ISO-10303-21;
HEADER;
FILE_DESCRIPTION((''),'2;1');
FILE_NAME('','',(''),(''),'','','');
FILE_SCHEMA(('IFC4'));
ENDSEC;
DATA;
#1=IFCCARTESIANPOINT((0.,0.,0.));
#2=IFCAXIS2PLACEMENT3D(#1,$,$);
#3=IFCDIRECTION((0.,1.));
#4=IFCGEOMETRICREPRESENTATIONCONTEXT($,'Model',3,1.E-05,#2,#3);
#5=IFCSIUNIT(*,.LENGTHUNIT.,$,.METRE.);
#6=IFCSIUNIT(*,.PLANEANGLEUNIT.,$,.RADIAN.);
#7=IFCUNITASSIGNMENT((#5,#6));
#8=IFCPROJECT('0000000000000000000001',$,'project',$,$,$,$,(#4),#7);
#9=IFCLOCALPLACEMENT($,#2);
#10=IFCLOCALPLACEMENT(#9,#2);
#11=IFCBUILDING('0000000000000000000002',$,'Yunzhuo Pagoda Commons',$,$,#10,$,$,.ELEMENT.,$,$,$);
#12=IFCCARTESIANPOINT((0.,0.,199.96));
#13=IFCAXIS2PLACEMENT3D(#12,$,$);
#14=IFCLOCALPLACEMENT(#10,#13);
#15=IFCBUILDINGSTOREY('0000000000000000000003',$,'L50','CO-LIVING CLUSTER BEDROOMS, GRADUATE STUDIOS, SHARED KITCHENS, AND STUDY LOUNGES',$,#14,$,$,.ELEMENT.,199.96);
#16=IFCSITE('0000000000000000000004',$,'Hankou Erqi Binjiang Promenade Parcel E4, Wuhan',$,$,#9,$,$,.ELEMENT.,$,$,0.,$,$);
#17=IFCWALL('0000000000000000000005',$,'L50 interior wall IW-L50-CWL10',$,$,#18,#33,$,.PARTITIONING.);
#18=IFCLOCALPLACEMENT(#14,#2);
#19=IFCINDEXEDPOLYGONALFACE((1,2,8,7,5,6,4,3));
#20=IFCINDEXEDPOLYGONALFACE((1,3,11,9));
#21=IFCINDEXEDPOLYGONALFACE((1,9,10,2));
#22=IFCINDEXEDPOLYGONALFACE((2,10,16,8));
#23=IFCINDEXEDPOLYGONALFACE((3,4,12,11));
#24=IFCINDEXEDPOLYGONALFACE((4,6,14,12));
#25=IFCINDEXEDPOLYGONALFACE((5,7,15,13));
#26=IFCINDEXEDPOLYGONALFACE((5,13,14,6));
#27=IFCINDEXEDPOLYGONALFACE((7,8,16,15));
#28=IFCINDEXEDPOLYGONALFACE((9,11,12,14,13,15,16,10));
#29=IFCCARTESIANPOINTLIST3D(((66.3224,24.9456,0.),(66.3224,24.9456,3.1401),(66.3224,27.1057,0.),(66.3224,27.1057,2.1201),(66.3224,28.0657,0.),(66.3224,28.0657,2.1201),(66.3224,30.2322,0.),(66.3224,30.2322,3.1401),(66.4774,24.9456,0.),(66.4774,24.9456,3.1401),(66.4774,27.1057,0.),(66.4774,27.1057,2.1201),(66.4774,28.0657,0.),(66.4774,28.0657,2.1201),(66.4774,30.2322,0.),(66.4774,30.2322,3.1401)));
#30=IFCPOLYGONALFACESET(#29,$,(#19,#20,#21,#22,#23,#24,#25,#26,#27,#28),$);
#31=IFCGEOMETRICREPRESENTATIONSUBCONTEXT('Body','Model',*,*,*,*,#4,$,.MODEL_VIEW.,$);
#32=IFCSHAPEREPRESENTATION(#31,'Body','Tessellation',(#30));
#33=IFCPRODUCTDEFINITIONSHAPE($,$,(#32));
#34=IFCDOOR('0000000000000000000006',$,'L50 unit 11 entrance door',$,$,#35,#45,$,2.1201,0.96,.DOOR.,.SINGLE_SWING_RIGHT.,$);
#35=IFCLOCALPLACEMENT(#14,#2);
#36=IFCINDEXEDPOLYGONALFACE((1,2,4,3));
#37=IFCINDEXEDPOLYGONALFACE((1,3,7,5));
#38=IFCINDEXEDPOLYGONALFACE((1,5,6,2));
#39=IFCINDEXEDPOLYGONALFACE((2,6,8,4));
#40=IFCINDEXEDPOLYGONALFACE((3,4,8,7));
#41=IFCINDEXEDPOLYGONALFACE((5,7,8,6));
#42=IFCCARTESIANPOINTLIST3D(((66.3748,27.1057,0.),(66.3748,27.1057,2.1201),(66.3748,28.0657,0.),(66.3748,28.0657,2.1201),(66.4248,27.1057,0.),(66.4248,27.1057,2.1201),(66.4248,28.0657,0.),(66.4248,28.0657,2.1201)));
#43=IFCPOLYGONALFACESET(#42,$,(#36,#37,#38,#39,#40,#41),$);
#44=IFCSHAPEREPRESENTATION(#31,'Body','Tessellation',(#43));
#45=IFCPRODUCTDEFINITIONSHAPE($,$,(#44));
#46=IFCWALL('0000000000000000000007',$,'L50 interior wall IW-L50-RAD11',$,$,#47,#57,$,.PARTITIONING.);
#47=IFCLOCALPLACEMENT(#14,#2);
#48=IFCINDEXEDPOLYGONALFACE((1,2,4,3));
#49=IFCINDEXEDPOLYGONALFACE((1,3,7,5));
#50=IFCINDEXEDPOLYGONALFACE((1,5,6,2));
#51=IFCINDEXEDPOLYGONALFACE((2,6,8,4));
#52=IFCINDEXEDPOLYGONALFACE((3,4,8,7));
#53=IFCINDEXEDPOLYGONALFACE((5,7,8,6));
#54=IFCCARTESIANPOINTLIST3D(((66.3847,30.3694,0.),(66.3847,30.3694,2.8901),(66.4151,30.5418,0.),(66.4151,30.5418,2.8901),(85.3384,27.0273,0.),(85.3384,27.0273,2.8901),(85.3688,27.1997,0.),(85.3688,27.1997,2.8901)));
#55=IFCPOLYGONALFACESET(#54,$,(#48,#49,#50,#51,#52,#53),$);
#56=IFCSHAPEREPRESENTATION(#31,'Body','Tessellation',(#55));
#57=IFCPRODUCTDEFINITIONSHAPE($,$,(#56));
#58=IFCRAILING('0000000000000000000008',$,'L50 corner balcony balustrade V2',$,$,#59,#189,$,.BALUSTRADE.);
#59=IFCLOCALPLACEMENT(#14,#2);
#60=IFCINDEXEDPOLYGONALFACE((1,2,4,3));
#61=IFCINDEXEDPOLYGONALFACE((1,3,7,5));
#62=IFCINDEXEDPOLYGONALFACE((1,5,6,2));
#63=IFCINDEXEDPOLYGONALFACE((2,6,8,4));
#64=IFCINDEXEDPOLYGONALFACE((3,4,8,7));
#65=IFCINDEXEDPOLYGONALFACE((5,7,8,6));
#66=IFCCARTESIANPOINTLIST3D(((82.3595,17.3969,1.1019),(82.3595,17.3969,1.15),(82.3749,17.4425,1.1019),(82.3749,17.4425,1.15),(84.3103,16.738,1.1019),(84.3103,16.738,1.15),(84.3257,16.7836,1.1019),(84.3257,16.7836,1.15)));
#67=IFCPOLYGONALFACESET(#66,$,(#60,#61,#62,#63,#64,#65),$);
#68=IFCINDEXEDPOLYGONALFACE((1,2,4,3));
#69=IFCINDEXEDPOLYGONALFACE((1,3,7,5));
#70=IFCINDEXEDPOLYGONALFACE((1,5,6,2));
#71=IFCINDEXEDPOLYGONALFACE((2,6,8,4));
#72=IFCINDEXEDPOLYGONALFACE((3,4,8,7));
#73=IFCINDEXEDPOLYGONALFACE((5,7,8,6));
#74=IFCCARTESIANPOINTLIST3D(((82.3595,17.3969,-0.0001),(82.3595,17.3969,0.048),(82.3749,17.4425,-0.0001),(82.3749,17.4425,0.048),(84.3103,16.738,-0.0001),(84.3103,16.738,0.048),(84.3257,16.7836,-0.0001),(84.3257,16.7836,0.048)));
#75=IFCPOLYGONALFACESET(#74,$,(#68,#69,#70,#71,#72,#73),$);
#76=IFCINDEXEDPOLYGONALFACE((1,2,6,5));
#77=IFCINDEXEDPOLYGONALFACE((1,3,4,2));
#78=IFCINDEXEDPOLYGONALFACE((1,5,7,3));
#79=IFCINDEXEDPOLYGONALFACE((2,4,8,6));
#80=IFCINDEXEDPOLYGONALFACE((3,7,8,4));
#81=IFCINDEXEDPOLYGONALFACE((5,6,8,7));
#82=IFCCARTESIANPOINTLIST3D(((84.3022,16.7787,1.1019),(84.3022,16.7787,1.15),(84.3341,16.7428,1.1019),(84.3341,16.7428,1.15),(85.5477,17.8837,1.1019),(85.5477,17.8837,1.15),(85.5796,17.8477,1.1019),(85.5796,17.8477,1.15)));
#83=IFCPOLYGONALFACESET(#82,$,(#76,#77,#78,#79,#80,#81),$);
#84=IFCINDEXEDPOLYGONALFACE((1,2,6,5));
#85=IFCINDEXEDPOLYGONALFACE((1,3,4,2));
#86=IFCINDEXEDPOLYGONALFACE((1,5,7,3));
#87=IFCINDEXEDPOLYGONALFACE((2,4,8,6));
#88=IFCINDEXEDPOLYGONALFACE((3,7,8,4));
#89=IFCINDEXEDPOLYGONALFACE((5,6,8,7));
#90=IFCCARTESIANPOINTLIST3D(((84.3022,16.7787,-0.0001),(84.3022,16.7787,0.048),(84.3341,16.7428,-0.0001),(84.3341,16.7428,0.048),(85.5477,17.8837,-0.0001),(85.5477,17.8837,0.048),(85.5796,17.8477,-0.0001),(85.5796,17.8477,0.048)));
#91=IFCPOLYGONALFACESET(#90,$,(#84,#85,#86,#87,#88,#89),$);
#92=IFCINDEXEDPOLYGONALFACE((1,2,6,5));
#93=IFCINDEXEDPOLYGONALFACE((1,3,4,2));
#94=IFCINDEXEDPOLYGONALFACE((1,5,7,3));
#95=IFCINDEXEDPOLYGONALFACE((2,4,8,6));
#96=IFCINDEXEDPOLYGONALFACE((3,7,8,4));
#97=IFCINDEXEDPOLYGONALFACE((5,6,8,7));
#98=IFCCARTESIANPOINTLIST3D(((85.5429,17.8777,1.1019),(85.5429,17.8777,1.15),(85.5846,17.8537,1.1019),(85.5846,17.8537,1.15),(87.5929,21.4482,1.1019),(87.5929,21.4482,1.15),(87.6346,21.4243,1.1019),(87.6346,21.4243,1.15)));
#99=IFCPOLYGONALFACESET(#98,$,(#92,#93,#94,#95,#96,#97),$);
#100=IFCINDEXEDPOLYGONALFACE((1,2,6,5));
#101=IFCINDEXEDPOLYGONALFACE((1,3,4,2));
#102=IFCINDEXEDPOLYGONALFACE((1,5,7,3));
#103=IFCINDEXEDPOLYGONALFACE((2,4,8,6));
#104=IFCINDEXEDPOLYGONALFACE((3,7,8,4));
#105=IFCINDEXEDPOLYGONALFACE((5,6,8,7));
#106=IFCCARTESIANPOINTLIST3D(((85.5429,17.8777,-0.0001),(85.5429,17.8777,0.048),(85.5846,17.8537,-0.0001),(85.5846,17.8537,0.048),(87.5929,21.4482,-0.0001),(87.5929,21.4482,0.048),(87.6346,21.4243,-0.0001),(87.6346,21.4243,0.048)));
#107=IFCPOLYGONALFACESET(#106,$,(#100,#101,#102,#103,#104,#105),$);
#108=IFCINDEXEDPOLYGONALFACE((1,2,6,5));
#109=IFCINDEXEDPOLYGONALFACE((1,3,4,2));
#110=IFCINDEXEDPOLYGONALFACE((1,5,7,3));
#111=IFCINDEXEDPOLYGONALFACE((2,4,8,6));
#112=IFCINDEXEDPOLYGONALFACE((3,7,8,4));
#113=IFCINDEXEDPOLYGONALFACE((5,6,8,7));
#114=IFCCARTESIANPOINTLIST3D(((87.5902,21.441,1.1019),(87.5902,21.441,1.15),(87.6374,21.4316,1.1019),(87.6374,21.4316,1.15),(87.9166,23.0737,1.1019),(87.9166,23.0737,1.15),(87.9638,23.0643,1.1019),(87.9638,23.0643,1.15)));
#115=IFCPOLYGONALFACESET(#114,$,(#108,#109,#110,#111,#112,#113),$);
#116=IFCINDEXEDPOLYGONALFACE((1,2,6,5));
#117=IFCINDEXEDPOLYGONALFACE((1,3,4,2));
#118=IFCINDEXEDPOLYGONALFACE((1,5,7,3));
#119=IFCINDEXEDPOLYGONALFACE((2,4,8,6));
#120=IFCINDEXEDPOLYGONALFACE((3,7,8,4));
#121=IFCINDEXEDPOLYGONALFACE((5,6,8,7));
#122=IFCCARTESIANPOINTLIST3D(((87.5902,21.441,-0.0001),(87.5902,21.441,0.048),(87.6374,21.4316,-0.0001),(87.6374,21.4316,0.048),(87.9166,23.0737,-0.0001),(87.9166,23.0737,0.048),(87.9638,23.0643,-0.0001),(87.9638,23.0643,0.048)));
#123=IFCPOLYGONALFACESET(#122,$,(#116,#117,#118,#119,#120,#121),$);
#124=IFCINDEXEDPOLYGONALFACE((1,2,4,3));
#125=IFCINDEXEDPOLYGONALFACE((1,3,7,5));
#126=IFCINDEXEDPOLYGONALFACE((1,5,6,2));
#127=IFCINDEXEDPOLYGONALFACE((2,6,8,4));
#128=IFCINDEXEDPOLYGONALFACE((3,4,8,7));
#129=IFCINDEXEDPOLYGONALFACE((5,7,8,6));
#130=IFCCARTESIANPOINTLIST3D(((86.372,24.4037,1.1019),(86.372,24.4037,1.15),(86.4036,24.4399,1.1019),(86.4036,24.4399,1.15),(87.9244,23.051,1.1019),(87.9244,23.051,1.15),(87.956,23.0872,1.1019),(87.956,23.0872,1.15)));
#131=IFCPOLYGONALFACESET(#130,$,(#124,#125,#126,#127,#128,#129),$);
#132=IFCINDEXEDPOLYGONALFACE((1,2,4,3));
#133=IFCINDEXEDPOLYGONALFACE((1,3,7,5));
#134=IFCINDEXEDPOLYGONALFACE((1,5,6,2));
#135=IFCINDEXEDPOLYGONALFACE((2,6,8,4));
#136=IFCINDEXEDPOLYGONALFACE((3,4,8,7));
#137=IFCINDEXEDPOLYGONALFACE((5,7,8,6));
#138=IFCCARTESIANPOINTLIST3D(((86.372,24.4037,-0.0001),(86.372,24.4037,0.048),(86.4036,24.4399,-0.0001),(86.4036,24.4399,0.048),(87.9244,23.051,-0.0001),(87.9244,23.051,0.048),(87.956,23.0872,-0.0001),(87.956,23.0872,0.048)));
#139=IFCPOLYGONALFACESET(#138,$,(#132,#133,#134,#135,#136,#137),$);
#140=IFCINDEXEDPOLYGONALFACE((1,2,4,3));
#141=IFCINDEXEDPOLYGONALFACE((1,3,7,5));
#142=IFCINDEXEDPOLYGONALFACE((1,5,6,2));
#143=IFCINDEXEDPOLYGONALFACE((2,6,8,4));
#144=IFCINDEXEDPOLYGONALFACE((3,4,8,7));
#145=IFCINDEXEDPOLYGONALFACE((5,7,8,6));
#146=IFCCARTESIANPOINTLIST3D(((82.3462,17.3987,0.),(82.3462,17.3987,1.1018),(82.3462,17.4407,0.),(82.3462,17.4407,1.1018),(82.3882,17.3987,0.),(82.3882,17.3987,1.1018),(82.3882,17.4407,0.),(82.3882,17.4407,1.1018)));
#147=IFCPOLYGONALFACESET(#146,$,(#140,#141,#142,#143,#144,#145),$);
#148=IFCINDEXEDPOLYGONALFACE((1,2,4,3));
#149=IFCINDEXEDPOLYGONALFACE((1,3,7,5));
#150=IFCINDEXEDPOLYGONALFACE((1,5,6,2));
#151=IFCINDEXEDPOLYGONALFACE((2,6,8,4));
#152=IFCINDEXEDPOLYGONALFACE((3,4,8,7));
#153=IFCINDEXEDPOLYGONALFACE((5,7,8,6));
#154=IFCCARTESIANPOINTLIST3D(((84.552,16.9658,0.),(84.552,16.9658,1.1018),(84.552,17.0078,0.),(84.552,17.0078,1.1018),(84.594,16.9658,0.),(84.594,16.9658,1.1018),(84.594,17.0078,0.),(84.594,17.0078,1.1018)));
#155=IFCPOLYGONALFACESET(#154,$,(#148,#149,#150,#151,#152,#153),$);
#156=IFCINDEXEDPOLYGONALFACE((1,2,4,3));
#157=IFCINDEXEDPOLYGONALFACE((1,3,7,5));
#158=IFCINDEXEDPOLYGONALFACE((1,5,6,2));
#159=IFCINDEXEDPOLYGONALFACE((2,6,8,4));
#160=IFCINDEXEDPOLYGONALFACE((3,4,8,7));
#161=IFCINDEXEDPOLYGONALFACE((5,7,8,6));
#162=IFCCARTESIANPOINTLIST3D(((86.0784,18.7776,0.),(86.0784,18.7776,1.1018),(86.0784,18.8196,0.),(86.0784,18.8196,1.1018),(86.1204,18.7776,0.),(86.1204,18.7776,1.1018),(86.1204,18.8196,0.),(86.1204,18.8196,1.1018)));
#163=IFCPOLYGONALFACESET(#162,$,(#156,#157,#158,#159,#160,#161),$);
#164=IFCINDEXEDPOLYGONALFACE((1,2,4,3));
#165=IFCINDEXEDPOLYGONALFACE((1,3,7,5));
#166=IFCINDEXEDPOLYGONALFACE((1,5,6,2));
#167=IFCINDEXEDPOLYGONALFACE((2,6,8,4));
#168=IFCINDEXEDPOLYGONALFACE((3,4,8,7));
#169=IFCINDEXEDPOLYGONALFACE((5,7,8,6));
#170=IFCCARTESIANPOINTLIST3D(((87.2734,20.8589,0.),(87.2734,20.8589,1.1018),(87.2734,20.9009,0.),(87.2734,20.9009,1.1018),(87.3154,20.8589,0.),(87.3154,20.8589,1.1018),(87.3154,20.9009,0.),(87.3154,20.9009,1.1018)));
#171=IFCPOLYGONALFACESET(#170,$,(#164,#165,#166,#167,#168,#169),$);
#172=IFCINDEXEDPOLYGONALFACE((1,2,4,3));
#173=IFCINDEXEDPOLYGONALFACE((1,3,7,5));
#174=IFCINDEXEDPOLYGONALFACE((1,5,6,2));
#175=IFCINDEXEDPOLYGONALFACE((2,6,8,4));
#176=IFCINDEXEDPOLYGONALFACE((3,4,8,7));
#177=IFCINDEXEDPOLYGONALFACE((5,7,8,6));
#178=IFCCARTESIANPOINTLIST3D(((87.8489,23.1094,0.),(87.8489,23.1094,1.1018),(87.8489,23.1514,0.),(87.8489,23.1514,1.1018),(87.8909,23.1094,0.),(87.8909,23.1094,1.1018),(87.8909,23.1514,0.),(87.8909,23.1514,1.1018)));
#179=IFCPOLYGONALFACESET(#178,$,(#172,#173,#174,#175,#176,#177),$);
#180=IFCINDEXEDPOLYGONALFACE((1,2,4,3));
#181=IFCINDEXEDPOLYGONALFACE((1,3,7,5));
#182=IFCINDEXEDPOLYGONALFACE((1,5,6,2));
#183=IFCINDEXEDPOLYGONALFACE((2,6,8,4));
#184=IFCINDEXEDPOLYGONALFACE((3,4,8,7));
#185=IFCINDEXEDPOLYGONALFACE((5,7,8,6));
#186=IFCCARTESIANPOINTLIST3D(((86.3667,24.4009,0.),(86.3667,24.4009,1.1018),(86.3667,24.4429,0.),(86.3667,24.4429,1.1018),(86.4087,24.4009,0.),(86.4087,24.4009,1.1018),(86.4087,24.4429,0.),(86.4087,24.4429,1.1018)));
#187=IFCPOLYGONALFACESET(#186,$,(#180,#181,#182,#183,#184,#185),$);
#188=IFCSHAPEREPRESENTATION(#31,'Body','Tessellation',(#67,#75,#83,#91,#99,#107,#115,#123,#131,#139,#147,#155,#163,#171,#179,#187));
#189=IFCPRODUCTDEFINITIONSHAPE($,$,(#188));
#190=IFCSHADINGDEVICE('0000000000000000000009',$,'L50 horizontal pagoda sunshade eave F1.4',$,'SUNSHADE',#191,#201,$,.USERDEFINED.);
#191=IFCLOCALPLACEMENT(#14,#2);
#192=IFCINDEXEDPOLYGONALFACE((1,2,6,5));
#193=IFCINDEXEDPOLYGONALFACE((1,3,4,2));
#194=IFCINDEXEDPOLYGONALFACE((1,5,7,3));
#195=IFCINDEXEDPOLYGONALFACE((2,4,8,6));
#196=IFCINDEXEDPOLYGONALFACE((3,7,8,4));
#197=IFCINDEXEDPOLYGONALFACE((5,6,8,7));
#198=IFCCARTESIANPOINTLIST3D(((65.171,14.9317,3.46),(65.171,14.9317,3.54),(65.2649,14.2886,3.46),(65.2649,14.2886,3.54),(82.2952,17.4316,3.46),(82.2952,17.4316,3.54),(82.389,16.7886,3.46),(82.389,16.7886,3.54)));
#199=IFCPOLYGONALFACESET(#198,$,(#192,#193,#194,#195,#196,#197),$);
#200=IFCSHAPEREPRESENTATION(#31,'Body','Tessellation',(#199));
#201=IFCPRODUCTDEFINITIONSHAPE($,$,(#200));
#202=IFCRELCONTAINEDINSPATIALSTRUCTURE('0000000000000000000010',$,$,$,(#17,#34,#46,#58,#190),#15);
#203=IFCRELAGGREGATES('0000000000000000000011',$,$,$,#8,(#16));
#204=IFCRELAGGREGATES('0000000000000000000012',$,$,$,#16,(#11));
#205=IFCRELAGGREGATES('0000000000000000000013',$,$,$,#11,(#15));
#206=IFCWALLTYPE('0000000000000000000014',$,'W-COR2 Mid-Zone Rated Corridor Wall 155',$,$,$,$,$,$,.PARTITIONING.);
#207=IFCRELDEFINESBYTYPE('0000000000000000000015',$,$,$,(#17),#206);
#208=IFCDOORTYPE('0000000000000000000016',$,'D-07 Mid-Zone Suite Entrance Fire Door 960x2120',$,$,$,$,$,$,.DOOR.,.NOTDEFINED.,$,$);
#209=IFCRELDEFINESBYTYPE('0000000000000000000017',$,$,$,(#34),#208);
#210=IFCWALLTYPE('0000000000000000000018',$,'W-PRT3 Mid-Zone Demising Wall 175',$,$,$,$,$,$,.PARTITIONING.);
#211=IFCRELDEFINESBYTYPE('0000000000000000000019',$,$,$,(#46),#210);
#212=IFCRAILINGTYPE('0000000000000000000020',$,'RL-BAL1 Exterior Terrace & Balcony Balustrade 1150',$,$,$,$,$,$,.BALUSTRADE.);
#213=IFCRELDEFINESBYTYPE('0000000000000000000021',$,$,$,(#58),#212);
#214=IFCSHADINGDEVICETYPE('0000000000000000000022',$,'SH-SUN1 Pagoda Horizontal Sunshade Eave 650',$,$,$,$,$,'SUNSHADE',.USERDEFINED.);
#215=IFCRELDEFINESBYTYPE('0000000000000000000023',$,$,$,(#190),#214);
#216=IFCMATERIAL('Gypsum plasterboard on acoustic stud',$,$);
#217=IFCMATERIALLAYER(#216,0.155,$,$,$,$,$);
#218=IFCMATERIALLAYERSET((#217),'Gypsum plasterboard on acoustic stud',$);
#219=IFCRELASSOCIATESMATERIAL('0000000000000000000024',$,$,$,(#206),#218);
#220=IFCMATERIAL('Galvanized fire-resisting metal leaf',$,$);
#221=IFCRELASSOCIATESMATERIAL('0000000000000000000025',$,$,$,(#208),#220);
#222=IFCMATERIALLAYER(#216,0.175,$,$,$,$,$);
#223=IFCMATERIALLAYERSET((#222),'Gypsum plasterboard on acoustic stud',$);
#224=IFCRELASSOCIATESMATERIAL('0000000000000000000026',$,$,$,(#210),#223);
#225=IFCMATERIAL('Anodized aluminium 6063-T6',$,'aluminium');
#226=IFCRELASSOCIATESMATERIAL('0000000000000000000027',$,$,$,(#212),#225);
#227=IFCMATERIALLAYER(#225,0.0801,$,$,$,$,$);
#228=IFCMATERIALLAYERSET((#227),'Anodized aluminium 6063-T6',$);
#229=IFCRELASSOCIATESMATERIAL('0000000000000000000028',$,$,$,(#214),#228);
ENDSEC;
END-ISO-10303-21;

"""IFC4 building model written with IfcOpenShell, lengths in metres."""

from ifc_helpers import new_model, si_unit, direction, frame, frame_2d, origin, origin_with_axes, origin_2d, place, context, subcontext, project, spatial, rectangle, extrude, source, transform, mapped, material, layer, layer_set, type_object, element, fill, save


model = new_model("IFC4")

# Units and contexts
model_context = context("Model", 3, precision=1e-05, world=origin(), true_north=direction((0.0, 1.0)))
body_context = subcontext(model_context, "Body", "Model", "MODEL_VIEW")
ifc_project = project(units=[si_unit("LENGTHUNIT", "METRE"), si_unit("PLANEANGLEUNIT", "RADIAN")], contexts=[model_context])

# Site, building, storey
site_placement = place(None, origin())
site = spatial("IfcSite", under=ifc_project, at=site_placement, Name="Hankou Erqi Binjiang Promenade Parcel E4, Wuhan", CompositionType="ELEMENT", RefElevation=0.0)
building_placement = place(site_placement, origin())
building = spatial("IfcBuilding", under=site, at=building_placement, Name="Yunzhuo Pagoda Commons", CompositionType="ELEMENT")
storey_placement = place(building_placement, frame((0.0, 0.0, 199.96)))
storey = spatial("IfcBuildingStorey", under=building, at=storey_placement, Name="L50", Description="CO-LIVING CLUSTER BEDROOMS, GRADUATE STUDIOS, SHARED KITCHENS, AND STUDY LOUNGES", CompositionType="ELEMENT", Elevation=199.96)

# Shared definitions
ifc_material_1 = material(Name="Anodized aluminium 6063-T6", Category="aluminium")

# Wall, opening, door
ifc_material_2 = material(Name="Gypsum plasterboard on acoustic stud")
ifc_layer_1 = layer(ifc_material_2, 0.155)
ifc_layer_set_1 = layer_set([ifc_layer_1], Name="Gypsum plasterboard on acoustic stud")
wall_type_1 = type_object("IfcWallType", Name="W-COR2 Mid-Zone Rated Corridor Wall 155", PredefinedType="PARTITIONING", material=ifc_layer_set_1)
wall_1_placement = place(storey_placement, frame((66.3999, 30.2322, 0.0), z_axis=(0.0, 0.0, 1.0), x_axis=(0.0, -1.0, 0.0)))
wall_1 = element("IfcWall", 1, at=wall_1_placement, inside=storey, type_object=wall_type_1, Name="L50 interior wall IW-L50-CWL10", PredefinedType="PARTITIONING", context=body_context, shape_type="SweptSolid", body=[
    extrude(rectangle(XDim=5.2866, YDim=0.155, at=frame_2d((2.6433, 0.0))), origin(), (0.0, 0.0, 1.0), 3.1401),
])
opening_1_placement = place(wall_1_placement, frame((2.1665, 0.0, 0.0)))
opening_1 = element("IfcOpeningElement", 2, at=opening_1_placement, cuts=wall_1, PredefinedType="OPENING", context=body_context, shape_type="SweptSolid", body=[
    extrude(rectangle(XDim=0.96, YDim=2.1201, at=frame_2d((0.48, 1.0601))), frame((0.0, 0.0874, 0.0), z_axis=(0.0, -1.0, 0.0), x_axis=(1.0, 0.0, 0.0)), (0.0, 0.0, 1.0), 0.175),
])
ifc_material_3 = material(Name="Galvanized fire-resisting metal leaf")
door_type_1 = type_object("IfcDoorType", Name="D-07 Mid-Zone Suite Entrance Fire Door 960x2120", OperationType="NOTDEFINED", PredefinedType="DOOR", material=ifc_material_3)
shared_shape_1 = source(origin(), body_context, "Body", "SweptSolid", [
    extrude(rectangle(XDim=0.96, YDim=2.1201, at=frame_2d((0.48, 1.0601))), frame((0.0, 0.0249, 0.0), z_axis=(0.0, -1.0, 0.0), x_axis=(1.0, 0.0, 0.0)), (0.0, 0.0, 1.0), 0.05),
])
door_1_placement = place(opening_1_placement, origin_with_axes())
door_1 = element("IfcDoor", 3, at=door_1_placement, inside=storey, type_object=door_type_1, Name="L50 unit 11 entrance door", OperationType="SINGLE_SWING_RIGHT", OverallHeight=2.1201, OverallWidth=0.96, PredefinedType="DOOR", context=body_context, shape_type="MappedRepresentation", body=[
    mapped(shared_shape_1, transform((0.0, 0.0, 0.0), scale=1.0)),
])
fill(opening_1, door_1)

# Wall
ifc_layer_2 = layer(ifc_material_2, 0.175)
ifc_layer_set_2 = layer_set([ifc_layer_2], Name="Gypsum plasterboard on acoustic stud")
wall_type_2 = type_object("IfcWallType", Name="W-PRT3 Mid-Zone Demising Wall 175", PredefinedType="PARTITIONING", material=ifc_layer_set_2)
wall_2_placement = place(storey_placement, frame((66.3999, 30.4556, 0.0), z_axis=(0.0, 0.0, 1.0), x_axis=(0.984808, -0.173649, 0.0)))
element("IfcWall", 4, at=wall_2_placement, inside=storey, type_object=wall_type_2, Name="L50 interior wall IW-L50-RAD11", PredefinedType="PARTITIONING", context=body_context, shape_type="SweptSolid", body=[
    extrude(rectangle(XDim=19.2461, YDim=0.175, at=frame_2d((9.623, 0.0))), origin(), (0.0, 0.0, 1.0), 2.8901),
])

# Railing
railing_type = type_object("IfcRailingType", Name="RL-BAL1 Exterior Terrace & Balcony Balustrade 1150", PredefinedType="BALUSTRADE", material=ifc_material_1)
railing_placement = place(storey_placement, frame((82.3672, 17.4197, 0.0)))
element("IfcRailing", 5, at=railing_placement, inside=storey, type_object=railing_type, Name="L50 corner balcony balustrade V2", PredefinedType="BALUSTRADE", context=body_context, shape_type="SweptSolid", body=[
    extrude(rectangle(XDim=0.0481, YDim=0.0481, at=origin_2d()), frame((0.0, 0.0, 1.126), z_axis=(0.947419, -0.319996, 0.0), x_axis=(0.319996, 0.947419, 0.0)), (0.0, 0.0, 1.0), 2.0591),
    extrude(rectangle(XDim=0.0481, YDim=0.0481, at=origin_2d()), frame((0.0, 0.0, 0.0239), z_axis=(0.947419, -0.319996, 0.0), x_axis=(0.319996, 0.947419, 0.0)), (0.0, 0.0, 1.0), 2.0591),
    extrude(rectangle(XDim=0.0481, YDim=0.0481, at=origin_2d()), frame((1.9509, -0.6589, 1.126), z_axis=(0.748072, 0.663617, 0.0), x_axis=(-0.663617, 0.748072, 0.0)), (0.0, 0.0, 1.0), 1.665),
    extrude(rectangle(XDim=0.0481, YDim=0.0481, at=origin_2d()), frame((1.9509, -0.6589, 0.0239), z_axis=(0.748072, 0.663617, 0.0), x_axis=(-0.663617, 0.748072, 0.0)), (0.0, 0.0, 1.0), 1.665),
    extrude(rectangle(XDim=0.0481, YDim=0.0481, at=origin_2d()), frame((3.1965, 0.446, 1.126), z_axis=(0.49792, 0.867223, 0.0), x_axis=(-0.867223, 0.49792, 0.0)), (0.0, 0.0, 1.0), 4.1172),
    extrude(rectangle(XDim=0.0481, YDim=0.0481, at=origin_2d()), frame((3.1965, 0.446, 0.0239), z_axis=(0.49792, 0.867223, 0.0), x_axis=(-0.867223, 0.49792, 0.0)), (0.0, 0.0, 1.0), 4.1172),
    extrude(rectangle(XDim=0.0481, YDim=0.0481, at=origin_2d()), frame((5.2466, 4.0166, 1.126), z_axis=(0.196032, 0.980598, 0.0), x_axis=(-0.980598, 0.196032, 0.0)), (0.0, 0.0, 1.0), 1.665),
    extrude(rectangle(XDim=0.0481, YDim=0.0481, at=origin_2d()), frame((5.2466, 4.0166, 0.0239), z_axis=(0.196032, 0.980598, 0.0), x_axis=(-0.980598, 0.196032, 0.0)), (0.0, 0.0, 1.0), 1.665),
    extrude(rectangle(XDim=0.0481, YDim=0.0481, at=origin_2d()), frame((5.573, 5.6494, 1.126), z_axis=(-0.753934, 0.65695, 0.0), x_axis=(-0.65695, -0.753934, 0.0)), (0.0, 0.0, 1.0), 2.0591),
    extrude(rectangle(XDim=0.0481, YDim=0.0481, at=origin_2d()), frame((5.573, 5.6494, 0.0239), z_axis=(-0.753934, 0.65695, 0.0), x_axis=(-0.65695, -0.753934, 0.0)), (0.0, 0.0, 1.0), 2.0591),
    extrude(rectangle(XDim=0.042, YDim=0.042, at=origin_2d()), origin(), (0.0, 0.0, 1.0), 1.1018),
    extrude(rectangle(XDim=0.042, YDim=0.042, at=origin_2d()), frame((2.2058, -0.4329, 0.0)), (0.0, 0.0, 1.0), 1.1018),
    extrude(rectangle(XDim=0.042, YDim=0.042, at=origin_2d()), frame((3.7322, 1.3789, 0.0)), (0.0, 0.0, 1.0), 1.1018),
    extrude(rectangle(XDim=0.042, YDim=0.042, at=origin_2d()), frame((4.9272, 3.4602, 0.0)), (0.0, 0.0, 1.0), 1.1018),
    extrude(rectangle(XDim=0.042, YDim=0.042, at=origin_2d()), frame((5.5027, 5.7107, 0.0)), (0.0, 0.0, 1.0), 1.1018),
    extrude(rectangle(XDim=0.042, YDim=0.042, at=origin_2d()), frame((4.0205, 7.0022, 0.0)), (0.0, 0.0, 1.0), 1.1018),
])

# Shading device
ifc_layer_3 = layer(ifc_material_1, 0.0801)
ifc_layer_set_3 = layer_set([ifc_layer_3], Name="Anodized aluminium 6063-T6")
shading_device_type = type_object("IfcShadingDeviceType", Name="SH-SUN1 Pagoda Horizontal Sunshade Eave 650", ElementType="SUNSHADE", PredefinedType="USERDEFINED", material=ifc_layer_set_3)
shared_shape_2 = source(origin(), body_context, "Body", "SweptSolid", [
    extrude(rectangle(XDim=17.3057, YDim=0.6499, at=origin_2d()), origin(), (0.0, 0.0, 1.0), 0.0801),
])
shading_device_placement = place(storey_placement, frame((73.78, 15.8601, 3.46), z_axis=(0.0, 0.0, 1.0), x_axis=(0.989511, 0.14446, 0.0)))
element("IfcShadingDevice", 6, at=shading_device_placement, inside=storey, type_object=shading_device_type, Name="L50 horizontal pagoda sunshade eave F1.4", ObjectType="SUNSHADE", PredefinedType="USERDEFINED", context=body_context, shape_type="MappedRepresentation", body=[
    mapped(shared_shape_2, transform((0.0, 0.0, 0.0), scale=1.0)),
])

save(model, "model.ifc")
